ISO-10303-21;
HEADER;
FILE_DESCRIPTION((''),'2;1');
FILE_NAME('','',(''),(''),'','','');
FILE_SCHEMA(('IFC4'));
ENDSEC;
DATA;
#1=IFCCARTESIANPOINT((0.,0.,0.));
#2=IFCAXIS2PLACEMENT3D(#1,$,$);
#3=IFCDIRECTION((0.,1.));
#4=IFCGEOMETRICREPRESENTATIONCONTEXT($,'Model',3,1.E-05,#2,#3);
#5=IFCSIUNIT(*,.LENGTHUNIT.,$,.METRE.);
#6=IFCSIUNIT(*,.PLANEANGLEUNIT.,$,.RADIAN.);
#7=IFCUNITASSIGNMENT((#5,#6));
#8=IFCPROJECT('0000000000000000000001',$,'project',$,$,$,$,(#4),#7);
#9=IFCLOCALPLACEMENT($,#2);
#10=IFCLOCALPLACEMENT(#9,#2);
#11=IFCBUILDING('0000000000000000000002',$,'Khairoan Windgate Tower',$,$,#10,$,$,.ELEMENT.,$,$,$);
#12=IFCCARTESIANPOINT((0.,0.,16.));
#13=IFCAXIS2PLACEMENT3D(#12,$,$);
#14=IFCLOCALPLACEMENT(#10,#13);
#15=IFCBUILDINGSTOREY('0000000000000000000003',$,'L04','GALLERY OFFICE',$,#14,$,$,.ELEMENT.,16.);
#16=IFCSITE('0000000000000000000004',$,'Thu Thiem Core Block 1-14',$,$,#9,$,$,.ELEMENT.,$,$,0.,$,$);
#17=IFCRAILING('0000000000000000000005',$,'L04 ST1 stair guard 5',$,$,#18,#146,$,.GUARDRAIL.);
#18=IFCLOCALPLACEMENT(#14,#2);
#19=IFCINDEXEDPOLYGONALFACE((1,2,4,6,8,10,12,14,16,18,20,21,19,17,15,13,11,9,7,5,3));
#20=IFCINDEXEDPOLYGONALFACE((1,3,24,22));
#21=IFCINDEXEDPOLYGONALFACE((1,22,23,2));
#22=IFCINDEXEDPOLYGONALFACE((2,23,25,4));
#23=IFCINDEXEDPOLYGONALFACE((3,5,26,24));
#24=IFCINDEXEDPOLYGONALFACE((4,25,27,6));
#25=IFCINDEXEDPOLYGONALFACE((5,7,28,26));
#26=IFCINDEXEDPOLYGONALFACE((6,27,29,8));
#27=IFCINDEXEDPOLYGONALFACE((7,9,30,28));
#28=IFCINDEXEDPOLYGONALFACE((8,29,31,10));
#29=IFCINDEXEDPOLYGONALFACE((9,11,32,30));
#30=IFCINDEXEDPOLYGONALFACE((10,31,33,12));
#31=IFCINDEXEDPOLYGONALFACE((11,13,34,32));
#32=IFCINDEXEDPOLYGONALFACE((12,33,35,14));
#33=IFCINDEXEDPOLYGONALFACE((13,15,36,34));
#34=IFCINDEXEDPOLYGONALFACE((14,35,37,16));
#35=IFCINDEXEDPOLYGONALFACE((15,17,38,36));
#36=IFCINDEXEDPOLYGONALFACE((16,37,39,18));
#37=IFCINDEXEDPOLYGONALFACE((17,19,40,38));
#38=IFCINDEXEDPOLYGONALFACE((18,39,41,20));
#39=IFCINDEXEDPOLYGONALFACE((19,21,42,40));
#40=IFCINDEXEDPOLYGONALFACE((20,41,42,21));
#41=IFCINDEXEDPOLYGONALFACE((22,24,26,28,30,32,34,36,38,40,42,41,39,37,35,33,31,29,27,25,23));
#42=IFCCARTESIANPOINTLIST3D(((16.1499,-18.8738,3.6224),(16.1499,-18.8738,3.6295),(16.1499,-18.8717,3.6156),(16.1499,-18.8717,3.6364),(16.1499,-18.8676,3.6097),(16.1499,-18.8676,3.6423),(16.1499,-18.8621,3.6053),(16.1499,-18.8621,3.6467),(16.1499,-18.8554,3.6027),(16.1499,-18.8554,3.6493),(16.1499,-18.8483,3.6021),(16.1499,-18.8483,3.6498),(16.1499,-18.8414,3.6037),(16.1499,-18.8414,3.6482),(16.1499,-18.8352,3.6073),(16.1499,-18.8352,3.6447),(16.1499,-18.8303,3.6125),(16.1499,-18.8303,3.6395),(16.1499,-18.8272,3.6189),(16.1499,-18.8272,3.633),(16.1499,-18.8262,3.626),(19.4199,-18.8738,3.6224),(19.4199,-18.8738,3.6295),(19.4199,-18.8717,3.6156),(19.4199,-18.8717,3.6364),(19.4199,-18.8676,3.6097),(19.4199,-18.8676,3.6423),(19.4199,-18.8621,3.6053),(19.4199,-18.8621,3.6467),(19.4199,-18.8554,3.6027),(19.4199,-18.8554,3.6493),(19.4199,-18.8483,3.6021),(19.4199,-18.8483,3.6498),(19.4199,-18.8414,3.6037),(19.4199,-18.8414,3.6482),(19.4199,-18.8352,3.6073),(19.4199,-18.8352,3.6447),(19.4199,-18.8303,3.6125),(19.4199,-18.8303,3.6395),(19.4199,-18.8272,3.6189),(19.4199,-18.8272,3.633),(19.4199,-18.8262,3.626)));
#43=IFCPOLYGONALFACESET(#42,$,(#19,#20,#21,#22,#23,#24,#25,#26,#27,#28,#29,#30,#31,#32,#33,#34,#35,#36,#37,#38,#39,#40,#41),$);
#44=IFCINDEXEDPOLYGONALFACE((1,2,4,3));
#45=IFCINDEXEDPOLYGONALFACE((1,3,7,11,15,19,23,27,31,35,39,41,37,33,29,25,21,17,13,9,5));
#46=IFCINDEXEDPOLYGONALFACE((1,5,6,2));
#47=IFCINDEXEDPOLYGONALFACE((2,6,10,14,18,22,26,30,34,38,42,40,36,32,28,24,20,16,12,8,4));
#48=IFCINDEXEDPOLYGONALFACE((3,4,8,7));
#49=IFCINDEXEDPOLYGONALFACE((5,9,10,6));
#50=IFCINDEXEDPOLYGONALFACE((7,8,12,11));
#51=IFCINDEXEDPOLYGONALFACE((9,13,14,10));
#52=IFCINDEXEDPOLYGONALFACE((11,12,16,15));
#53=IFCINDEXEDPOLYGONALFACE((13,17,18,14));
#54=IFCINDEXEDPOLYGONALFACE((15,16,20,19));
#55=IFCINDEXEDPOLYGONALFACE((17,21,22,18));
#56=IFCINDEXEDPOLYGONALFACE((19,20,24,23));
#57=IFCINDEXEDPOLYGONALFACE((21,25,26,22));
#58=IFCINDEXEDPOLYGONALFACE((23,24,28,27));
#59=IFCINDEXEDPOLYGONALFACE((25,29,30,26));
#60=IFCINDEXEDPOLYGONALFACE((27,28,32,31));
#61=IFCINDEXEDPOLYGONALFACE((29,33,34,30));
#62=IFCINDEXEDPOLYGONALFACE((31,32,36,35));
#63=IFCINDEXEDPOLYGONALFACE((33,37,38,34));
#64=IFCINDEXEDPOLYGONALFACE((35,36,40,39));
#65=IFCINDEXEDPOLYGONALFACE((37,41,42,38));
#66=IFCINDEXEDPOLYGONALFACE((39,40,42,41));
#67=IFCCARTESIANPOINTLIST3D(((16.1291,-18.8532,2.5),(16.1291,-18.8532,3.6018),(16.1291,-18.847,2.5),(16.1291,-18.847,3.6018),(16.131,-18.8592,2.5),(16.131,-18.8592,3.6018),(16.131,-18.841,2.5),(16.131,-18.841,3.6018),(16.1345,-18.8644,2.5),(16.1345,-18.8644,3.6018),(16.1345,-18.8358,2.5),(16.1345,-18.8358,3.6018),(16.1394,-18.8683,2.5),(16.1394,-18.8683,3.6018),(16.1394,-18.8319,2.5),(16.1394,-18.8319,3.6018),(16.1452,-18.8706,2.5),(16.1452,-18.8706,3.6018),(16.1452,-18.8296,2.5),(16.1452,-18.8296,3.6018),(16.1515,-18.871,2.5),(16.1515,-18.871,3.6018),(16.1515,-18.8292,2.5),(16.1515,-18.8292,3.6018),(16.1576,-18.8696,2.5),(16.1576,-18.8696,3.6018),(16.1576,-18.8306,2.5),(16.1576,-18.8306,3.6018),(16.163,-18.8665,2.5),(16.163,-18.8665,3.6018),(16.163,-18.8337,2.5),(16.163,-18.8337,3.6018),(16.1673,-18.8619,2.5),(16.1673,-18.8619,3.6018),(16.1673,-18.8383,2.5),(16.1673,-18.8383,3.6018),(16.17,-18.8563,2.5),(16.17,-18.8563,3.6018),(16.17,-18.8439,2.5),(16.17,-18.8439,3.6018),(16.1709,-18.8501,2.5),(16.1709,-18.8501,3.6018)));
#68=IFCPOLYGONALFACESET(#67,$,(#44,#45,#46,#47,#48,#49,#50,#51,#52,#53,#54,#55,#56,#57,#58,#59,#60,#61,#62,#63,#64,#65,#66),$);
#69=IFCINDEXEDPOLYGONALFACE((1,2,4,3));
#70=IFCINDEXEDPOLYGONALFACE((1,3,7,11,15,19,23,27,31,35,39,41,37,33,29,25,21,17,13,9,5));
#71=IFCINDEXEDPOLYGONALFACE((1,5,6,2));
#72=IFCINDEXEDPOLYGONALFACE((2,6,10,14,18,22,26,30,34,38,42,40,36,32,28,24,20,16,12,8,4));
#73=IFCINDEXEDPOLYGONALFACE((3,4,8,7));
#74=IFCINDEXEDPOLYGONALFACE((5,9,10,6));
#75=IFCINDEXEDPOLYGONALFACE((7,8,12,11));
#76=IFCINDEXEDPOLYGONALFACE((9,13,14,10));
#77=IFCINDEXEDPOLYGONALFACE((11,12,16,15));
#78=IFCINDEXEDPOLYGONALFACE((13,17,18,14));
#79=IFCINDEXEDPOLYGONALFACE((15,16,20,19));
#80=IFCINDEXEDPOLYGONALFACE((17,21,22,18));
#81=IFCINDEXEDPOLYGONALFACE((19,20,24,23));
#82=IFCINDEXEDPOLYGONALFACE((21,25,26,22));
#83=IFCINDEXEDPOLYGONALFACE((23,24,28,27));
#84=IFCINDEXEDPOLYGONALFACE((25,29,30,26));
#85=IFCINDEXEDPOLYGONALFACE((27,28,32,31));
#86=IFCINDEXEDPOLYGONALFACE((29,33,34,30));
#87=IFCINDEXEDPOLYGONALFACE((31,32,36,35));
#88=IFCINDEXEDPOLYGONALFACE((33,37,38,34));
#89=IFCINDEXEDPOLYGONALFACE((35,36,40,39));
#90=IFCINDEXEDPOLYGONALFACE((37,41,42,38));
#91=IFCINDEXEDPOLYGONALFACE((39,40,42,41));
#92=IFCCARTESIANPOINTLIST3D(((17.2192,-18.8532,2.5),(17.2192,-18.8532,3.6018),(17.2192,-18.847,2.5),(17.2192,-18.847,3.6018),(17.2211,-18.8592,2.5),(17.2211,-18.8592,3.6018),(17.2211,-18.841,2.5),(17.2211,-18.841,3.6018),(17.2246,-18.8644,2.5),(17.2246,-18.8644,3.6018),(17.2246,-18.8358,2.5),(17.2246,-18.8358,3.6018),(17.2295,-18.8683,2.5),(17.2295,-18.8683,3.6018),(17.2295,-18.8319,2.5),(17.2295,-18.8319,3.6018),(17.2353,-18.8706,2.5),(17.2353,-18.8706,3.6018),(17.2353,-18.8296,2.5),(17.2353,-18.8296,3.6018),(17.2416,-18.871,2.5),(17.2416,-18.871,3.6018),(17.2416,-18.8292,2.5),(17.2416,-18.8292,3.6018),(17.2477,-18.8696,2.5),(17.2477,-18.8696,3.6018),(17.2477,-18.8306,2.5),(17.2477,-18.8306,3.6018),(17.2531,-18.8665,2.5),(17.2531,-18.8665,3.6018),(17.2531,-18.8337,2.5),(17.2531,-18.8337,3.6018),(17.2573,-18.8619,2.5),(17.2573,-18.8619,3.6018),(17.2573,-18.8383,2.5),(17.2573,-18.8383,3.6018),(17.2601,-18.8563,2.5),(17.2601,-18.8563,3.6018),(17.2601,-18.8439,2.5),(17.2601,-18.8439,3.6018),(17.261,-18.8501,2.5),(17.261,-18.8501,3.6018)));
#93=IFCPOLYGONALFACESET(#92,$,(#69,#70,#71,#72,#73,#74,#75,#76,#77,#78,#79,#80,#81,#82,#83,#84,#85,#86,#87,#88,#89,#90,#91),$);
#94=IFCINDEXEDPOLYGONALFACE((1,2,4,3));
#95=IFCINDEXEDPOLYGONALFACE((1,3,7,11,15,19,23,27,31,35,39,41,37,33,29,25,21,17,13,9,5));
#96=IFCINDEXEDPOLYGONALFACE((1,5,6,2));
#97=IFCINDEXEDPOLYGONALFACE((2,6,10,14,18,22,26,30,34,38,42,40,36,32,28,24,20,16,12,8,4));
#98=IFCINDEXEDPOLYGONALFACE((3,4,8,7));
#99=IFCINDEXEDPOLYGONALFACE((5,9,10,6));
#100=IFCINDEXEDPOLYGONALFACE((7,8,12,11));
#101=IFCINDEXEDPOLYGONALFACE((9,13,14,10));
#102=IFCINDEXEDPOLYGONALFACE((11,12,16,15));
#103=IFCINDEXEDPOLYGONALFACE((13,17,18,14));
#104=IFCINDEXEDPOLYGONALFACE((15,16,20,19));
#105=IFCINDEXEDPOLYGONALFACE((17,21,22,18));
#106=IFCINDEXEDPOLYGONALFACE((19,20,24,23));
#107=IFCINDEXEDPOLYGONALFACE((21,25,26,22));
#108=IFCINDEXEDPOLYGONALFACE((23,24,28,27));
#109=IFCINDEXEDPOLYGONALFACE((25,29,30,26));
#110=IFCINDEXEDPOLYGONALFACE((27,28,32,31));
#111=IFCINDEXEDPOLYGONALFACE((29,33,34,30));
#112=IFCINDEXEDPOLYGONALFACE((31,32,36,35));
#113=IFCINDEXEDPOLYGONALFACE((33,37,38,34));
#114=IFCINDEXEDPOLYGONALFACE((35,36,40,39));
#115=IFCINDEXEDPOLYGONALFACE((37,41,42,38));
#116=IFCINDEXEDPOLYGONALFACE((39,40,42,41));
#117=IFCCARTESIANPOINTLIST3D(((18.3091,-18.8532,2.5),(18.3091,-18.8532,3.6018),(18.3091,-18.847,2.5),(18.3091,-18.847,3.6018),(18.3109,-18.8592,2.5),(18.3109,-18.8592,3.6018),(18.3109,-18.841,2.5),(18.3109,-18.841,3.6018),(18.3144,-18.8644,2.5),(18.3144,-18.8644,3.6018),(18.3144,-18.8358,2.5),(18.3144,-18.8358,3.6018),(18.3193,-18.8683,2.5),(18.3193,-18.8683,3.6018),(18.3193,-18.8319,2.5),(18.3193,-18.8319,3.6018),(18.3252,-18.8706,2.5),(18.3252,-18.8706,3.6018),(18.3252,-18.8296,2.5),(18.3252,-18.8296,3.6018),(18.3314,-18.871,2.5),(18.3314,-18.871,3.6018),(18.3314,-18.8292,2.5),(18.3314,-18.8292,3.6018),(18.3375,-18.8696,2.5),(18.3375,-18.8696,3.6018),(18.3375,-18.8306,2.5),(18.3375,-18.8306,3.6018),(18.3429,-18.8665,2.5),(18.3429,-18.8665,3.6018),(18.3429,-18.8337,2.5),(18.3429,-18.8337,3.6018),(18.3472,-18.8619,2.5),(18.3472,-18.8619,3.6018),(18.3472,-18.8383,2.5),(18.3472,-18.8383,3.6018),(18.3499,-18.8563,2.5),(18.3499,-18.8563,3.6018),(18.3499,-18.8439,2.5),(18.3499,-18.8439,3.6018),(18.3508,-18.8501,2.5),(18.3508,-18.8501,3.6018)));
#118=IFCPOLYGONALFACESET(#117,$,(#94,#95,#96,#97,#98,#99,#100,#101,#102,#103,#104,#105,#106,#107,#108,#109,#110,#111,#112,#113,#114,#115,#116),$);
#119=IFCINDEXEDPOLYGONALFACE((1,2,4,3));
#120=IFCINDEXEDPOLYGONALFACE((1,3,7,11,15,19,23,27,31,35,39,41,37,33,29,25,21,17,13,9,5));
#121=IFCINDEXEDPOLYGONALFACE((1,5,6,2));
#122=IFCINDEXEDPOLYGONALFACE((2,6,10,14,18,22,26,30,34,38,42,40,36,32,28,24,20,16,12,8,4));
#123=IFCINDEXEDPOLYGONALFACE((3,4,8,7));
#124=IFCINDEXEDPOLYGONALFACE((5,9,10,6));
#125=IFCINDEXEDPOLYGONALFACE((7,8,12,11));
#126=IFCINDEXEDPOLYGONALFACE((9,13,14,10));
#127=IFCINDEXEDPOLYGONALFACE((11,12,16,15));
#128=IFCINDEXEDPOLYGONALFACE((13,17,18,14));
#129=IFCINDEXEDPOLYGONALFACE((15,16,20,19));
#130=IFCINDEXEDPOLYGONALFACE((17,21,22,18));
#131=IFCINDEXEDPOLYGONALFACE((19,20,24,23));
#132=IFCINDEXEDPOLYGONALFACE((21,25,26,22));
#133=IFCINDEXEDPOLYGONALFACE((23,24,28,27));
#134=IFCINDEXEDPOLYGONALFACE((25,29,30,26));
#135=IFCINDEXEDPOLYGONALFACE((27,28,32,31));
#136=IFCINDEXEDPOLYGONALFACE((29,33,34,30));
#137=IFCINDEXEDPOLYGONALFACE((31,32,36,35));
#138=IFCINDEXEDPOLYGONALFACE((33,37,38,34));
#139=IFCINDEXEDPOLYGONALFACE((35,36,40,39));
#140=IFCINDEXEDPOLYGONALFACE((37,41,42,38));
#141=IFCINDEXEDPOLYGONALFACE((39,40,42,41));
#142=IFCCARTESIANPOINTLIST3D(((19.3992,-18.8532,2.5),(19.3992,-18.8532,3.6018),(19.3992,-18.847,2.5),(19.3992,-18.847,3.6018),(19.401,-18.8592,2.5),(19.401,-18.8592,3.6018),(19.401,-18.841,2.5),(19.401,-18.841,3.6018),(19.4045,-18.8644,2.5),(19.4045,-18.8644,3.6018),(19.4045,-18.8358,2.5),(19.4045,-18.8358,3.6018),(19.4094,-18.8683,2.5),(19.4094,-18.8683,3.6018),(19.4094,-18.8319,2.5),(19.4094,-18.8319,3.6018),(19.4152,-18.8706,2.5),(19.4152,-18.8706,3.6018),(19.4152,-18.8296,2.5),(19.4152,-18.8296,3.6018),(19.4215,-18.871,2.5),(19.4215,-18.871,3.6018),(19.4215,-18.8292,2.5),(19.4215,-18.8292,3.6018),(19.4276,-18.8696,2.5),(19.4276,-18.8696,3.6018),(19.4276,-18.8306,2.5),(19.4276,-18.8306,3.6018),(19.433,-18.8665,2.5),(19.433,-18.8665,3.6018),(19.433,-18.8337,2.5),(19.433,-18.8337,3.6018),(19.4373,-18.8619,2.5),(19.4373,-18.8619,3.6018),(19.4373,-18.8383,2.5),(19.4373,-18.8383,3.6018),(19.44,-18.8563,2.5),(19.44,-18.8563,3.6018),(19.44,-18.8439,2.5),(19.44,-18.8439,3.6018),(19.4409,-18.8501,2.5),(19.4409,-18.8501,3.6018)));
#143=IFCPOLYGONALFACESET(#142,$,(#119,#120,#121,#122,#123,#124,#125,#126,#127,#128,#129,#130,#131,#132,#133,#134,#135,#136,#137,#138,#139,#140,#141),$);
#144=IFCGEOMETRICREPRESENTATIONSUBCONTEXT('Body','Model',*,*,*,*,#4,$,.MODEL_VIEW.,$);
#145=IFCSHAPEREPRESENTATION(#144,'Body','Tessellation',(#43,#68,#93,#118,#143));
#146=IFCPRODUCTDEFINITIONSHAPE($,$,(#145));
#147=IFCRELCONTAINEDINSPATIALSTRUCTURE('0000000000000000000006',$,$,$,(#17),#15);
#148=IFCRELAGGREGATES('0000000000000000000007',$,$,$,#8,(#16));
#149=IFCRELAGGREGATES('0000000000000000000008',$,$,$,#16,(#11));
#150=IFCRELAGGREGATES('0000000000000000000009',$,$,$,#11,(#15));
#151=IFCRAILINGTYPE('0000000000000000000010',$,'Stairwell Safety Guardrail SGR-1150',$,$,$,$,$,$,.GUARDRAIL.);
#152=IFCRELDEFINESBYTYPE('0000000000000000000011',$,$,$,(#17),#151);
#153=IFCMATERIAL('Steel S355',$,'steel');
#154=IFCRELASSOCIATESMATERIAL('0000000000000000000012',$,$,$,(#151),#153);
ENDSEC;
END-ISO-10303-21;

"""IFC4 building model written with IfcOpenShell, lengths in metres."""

from ifc_helpers import new_model, si_unit, direction, frame, origin, origin_2d, place, context, subcontext, project, spatial, circle, extrude, material, type_object, element, save


model = new_model("IFC4")

# Units and contexts
model_context = context("Model", 3, precision=1e-05, world=origin(), true_north=direction((0.0, 1.0)))
body_context = subcontext(model_context, "Body", "Model", "MODEL_VIEW")
ifc_project = project(units=[si_unit("LENGTHUNIT", "METRE"), si_unit("PLANEANGLEUNIT", "RADIAN")], contexts=[model_context])

# Site, building, storey
site_placement = place(None, origin())
site = spatial("IfcSite", under=ifc_project, at=site_placement, Name="Thu Thiem Core Block 1-14", CompositionType="ELEMENT", RefElevation=0.0)
building_placement = place(site_placement, origin())
building = spatial("IfcBuilding", under=site, at=building_placement, Name="Khairoan Windgate Tower", CompositionType="ELEMENT")
storey_placement = place(building_placement, frame((0.0, 0.0, 16.0)))
storey = spatial("IfcBuildingStorey", under=building, at=storey_placement, Name="L04", Description="GALLERY OFFICE", CompositionType="ELEMENT", Elevation=16.0)

# Railing
ifc_material_1 = material(Name="Steel S355", Category="steel")
railing_type = type_object("IfcRailingType", Name="Stairwell Safety Guardrail SGR-1150", PredefinedType="GUARDRAIL", material=ifc_material_1)
railing_1_placement = place(storey_placement, frame((16.1499, -18.8501, 2.5)))
element("IfcRailing", 1, at=railing_1_placement, inside=storey, type_object=railing_type, Name="L04 ST1 stair guard 5", PredefinedType="GUARDRAIL", context=body_context, shape_type="SweptSolid", body=[
    extrude(circle(Radius=0.0239, at=origin_2d()), frame((0.0, 0.0, 1.126), z_axis=(1.0, 0.0, 0.0), x_axis=(0.0, 1.0, 0.0)), (0.0, 0.0, 1.0), 3.27),
    extrude(circle(Radius=0.021, at=origin_2d()), origin(), (0.0, 0.0, 1.0), 1.1018),
    extrude(circle(Radius=0.021, at=origin_2d()), frame((1.0901, 0.0, 0.0)), (0.0, 0.0, 1.0), 1.1018),
    extrude(circle(Radius=0.021, at=origin_2d()), frame((2.1799, 0.0, 0.0)), (0.0, 0.0, 1.0), 1.1018),
    extrude(circle(Radius=0.021, at=origin_2d()), frame((3.27, 0.0, 0.0)), (0.0, 0.0, 1.0), 1.1018),
])

save(model, "model.ifc")
